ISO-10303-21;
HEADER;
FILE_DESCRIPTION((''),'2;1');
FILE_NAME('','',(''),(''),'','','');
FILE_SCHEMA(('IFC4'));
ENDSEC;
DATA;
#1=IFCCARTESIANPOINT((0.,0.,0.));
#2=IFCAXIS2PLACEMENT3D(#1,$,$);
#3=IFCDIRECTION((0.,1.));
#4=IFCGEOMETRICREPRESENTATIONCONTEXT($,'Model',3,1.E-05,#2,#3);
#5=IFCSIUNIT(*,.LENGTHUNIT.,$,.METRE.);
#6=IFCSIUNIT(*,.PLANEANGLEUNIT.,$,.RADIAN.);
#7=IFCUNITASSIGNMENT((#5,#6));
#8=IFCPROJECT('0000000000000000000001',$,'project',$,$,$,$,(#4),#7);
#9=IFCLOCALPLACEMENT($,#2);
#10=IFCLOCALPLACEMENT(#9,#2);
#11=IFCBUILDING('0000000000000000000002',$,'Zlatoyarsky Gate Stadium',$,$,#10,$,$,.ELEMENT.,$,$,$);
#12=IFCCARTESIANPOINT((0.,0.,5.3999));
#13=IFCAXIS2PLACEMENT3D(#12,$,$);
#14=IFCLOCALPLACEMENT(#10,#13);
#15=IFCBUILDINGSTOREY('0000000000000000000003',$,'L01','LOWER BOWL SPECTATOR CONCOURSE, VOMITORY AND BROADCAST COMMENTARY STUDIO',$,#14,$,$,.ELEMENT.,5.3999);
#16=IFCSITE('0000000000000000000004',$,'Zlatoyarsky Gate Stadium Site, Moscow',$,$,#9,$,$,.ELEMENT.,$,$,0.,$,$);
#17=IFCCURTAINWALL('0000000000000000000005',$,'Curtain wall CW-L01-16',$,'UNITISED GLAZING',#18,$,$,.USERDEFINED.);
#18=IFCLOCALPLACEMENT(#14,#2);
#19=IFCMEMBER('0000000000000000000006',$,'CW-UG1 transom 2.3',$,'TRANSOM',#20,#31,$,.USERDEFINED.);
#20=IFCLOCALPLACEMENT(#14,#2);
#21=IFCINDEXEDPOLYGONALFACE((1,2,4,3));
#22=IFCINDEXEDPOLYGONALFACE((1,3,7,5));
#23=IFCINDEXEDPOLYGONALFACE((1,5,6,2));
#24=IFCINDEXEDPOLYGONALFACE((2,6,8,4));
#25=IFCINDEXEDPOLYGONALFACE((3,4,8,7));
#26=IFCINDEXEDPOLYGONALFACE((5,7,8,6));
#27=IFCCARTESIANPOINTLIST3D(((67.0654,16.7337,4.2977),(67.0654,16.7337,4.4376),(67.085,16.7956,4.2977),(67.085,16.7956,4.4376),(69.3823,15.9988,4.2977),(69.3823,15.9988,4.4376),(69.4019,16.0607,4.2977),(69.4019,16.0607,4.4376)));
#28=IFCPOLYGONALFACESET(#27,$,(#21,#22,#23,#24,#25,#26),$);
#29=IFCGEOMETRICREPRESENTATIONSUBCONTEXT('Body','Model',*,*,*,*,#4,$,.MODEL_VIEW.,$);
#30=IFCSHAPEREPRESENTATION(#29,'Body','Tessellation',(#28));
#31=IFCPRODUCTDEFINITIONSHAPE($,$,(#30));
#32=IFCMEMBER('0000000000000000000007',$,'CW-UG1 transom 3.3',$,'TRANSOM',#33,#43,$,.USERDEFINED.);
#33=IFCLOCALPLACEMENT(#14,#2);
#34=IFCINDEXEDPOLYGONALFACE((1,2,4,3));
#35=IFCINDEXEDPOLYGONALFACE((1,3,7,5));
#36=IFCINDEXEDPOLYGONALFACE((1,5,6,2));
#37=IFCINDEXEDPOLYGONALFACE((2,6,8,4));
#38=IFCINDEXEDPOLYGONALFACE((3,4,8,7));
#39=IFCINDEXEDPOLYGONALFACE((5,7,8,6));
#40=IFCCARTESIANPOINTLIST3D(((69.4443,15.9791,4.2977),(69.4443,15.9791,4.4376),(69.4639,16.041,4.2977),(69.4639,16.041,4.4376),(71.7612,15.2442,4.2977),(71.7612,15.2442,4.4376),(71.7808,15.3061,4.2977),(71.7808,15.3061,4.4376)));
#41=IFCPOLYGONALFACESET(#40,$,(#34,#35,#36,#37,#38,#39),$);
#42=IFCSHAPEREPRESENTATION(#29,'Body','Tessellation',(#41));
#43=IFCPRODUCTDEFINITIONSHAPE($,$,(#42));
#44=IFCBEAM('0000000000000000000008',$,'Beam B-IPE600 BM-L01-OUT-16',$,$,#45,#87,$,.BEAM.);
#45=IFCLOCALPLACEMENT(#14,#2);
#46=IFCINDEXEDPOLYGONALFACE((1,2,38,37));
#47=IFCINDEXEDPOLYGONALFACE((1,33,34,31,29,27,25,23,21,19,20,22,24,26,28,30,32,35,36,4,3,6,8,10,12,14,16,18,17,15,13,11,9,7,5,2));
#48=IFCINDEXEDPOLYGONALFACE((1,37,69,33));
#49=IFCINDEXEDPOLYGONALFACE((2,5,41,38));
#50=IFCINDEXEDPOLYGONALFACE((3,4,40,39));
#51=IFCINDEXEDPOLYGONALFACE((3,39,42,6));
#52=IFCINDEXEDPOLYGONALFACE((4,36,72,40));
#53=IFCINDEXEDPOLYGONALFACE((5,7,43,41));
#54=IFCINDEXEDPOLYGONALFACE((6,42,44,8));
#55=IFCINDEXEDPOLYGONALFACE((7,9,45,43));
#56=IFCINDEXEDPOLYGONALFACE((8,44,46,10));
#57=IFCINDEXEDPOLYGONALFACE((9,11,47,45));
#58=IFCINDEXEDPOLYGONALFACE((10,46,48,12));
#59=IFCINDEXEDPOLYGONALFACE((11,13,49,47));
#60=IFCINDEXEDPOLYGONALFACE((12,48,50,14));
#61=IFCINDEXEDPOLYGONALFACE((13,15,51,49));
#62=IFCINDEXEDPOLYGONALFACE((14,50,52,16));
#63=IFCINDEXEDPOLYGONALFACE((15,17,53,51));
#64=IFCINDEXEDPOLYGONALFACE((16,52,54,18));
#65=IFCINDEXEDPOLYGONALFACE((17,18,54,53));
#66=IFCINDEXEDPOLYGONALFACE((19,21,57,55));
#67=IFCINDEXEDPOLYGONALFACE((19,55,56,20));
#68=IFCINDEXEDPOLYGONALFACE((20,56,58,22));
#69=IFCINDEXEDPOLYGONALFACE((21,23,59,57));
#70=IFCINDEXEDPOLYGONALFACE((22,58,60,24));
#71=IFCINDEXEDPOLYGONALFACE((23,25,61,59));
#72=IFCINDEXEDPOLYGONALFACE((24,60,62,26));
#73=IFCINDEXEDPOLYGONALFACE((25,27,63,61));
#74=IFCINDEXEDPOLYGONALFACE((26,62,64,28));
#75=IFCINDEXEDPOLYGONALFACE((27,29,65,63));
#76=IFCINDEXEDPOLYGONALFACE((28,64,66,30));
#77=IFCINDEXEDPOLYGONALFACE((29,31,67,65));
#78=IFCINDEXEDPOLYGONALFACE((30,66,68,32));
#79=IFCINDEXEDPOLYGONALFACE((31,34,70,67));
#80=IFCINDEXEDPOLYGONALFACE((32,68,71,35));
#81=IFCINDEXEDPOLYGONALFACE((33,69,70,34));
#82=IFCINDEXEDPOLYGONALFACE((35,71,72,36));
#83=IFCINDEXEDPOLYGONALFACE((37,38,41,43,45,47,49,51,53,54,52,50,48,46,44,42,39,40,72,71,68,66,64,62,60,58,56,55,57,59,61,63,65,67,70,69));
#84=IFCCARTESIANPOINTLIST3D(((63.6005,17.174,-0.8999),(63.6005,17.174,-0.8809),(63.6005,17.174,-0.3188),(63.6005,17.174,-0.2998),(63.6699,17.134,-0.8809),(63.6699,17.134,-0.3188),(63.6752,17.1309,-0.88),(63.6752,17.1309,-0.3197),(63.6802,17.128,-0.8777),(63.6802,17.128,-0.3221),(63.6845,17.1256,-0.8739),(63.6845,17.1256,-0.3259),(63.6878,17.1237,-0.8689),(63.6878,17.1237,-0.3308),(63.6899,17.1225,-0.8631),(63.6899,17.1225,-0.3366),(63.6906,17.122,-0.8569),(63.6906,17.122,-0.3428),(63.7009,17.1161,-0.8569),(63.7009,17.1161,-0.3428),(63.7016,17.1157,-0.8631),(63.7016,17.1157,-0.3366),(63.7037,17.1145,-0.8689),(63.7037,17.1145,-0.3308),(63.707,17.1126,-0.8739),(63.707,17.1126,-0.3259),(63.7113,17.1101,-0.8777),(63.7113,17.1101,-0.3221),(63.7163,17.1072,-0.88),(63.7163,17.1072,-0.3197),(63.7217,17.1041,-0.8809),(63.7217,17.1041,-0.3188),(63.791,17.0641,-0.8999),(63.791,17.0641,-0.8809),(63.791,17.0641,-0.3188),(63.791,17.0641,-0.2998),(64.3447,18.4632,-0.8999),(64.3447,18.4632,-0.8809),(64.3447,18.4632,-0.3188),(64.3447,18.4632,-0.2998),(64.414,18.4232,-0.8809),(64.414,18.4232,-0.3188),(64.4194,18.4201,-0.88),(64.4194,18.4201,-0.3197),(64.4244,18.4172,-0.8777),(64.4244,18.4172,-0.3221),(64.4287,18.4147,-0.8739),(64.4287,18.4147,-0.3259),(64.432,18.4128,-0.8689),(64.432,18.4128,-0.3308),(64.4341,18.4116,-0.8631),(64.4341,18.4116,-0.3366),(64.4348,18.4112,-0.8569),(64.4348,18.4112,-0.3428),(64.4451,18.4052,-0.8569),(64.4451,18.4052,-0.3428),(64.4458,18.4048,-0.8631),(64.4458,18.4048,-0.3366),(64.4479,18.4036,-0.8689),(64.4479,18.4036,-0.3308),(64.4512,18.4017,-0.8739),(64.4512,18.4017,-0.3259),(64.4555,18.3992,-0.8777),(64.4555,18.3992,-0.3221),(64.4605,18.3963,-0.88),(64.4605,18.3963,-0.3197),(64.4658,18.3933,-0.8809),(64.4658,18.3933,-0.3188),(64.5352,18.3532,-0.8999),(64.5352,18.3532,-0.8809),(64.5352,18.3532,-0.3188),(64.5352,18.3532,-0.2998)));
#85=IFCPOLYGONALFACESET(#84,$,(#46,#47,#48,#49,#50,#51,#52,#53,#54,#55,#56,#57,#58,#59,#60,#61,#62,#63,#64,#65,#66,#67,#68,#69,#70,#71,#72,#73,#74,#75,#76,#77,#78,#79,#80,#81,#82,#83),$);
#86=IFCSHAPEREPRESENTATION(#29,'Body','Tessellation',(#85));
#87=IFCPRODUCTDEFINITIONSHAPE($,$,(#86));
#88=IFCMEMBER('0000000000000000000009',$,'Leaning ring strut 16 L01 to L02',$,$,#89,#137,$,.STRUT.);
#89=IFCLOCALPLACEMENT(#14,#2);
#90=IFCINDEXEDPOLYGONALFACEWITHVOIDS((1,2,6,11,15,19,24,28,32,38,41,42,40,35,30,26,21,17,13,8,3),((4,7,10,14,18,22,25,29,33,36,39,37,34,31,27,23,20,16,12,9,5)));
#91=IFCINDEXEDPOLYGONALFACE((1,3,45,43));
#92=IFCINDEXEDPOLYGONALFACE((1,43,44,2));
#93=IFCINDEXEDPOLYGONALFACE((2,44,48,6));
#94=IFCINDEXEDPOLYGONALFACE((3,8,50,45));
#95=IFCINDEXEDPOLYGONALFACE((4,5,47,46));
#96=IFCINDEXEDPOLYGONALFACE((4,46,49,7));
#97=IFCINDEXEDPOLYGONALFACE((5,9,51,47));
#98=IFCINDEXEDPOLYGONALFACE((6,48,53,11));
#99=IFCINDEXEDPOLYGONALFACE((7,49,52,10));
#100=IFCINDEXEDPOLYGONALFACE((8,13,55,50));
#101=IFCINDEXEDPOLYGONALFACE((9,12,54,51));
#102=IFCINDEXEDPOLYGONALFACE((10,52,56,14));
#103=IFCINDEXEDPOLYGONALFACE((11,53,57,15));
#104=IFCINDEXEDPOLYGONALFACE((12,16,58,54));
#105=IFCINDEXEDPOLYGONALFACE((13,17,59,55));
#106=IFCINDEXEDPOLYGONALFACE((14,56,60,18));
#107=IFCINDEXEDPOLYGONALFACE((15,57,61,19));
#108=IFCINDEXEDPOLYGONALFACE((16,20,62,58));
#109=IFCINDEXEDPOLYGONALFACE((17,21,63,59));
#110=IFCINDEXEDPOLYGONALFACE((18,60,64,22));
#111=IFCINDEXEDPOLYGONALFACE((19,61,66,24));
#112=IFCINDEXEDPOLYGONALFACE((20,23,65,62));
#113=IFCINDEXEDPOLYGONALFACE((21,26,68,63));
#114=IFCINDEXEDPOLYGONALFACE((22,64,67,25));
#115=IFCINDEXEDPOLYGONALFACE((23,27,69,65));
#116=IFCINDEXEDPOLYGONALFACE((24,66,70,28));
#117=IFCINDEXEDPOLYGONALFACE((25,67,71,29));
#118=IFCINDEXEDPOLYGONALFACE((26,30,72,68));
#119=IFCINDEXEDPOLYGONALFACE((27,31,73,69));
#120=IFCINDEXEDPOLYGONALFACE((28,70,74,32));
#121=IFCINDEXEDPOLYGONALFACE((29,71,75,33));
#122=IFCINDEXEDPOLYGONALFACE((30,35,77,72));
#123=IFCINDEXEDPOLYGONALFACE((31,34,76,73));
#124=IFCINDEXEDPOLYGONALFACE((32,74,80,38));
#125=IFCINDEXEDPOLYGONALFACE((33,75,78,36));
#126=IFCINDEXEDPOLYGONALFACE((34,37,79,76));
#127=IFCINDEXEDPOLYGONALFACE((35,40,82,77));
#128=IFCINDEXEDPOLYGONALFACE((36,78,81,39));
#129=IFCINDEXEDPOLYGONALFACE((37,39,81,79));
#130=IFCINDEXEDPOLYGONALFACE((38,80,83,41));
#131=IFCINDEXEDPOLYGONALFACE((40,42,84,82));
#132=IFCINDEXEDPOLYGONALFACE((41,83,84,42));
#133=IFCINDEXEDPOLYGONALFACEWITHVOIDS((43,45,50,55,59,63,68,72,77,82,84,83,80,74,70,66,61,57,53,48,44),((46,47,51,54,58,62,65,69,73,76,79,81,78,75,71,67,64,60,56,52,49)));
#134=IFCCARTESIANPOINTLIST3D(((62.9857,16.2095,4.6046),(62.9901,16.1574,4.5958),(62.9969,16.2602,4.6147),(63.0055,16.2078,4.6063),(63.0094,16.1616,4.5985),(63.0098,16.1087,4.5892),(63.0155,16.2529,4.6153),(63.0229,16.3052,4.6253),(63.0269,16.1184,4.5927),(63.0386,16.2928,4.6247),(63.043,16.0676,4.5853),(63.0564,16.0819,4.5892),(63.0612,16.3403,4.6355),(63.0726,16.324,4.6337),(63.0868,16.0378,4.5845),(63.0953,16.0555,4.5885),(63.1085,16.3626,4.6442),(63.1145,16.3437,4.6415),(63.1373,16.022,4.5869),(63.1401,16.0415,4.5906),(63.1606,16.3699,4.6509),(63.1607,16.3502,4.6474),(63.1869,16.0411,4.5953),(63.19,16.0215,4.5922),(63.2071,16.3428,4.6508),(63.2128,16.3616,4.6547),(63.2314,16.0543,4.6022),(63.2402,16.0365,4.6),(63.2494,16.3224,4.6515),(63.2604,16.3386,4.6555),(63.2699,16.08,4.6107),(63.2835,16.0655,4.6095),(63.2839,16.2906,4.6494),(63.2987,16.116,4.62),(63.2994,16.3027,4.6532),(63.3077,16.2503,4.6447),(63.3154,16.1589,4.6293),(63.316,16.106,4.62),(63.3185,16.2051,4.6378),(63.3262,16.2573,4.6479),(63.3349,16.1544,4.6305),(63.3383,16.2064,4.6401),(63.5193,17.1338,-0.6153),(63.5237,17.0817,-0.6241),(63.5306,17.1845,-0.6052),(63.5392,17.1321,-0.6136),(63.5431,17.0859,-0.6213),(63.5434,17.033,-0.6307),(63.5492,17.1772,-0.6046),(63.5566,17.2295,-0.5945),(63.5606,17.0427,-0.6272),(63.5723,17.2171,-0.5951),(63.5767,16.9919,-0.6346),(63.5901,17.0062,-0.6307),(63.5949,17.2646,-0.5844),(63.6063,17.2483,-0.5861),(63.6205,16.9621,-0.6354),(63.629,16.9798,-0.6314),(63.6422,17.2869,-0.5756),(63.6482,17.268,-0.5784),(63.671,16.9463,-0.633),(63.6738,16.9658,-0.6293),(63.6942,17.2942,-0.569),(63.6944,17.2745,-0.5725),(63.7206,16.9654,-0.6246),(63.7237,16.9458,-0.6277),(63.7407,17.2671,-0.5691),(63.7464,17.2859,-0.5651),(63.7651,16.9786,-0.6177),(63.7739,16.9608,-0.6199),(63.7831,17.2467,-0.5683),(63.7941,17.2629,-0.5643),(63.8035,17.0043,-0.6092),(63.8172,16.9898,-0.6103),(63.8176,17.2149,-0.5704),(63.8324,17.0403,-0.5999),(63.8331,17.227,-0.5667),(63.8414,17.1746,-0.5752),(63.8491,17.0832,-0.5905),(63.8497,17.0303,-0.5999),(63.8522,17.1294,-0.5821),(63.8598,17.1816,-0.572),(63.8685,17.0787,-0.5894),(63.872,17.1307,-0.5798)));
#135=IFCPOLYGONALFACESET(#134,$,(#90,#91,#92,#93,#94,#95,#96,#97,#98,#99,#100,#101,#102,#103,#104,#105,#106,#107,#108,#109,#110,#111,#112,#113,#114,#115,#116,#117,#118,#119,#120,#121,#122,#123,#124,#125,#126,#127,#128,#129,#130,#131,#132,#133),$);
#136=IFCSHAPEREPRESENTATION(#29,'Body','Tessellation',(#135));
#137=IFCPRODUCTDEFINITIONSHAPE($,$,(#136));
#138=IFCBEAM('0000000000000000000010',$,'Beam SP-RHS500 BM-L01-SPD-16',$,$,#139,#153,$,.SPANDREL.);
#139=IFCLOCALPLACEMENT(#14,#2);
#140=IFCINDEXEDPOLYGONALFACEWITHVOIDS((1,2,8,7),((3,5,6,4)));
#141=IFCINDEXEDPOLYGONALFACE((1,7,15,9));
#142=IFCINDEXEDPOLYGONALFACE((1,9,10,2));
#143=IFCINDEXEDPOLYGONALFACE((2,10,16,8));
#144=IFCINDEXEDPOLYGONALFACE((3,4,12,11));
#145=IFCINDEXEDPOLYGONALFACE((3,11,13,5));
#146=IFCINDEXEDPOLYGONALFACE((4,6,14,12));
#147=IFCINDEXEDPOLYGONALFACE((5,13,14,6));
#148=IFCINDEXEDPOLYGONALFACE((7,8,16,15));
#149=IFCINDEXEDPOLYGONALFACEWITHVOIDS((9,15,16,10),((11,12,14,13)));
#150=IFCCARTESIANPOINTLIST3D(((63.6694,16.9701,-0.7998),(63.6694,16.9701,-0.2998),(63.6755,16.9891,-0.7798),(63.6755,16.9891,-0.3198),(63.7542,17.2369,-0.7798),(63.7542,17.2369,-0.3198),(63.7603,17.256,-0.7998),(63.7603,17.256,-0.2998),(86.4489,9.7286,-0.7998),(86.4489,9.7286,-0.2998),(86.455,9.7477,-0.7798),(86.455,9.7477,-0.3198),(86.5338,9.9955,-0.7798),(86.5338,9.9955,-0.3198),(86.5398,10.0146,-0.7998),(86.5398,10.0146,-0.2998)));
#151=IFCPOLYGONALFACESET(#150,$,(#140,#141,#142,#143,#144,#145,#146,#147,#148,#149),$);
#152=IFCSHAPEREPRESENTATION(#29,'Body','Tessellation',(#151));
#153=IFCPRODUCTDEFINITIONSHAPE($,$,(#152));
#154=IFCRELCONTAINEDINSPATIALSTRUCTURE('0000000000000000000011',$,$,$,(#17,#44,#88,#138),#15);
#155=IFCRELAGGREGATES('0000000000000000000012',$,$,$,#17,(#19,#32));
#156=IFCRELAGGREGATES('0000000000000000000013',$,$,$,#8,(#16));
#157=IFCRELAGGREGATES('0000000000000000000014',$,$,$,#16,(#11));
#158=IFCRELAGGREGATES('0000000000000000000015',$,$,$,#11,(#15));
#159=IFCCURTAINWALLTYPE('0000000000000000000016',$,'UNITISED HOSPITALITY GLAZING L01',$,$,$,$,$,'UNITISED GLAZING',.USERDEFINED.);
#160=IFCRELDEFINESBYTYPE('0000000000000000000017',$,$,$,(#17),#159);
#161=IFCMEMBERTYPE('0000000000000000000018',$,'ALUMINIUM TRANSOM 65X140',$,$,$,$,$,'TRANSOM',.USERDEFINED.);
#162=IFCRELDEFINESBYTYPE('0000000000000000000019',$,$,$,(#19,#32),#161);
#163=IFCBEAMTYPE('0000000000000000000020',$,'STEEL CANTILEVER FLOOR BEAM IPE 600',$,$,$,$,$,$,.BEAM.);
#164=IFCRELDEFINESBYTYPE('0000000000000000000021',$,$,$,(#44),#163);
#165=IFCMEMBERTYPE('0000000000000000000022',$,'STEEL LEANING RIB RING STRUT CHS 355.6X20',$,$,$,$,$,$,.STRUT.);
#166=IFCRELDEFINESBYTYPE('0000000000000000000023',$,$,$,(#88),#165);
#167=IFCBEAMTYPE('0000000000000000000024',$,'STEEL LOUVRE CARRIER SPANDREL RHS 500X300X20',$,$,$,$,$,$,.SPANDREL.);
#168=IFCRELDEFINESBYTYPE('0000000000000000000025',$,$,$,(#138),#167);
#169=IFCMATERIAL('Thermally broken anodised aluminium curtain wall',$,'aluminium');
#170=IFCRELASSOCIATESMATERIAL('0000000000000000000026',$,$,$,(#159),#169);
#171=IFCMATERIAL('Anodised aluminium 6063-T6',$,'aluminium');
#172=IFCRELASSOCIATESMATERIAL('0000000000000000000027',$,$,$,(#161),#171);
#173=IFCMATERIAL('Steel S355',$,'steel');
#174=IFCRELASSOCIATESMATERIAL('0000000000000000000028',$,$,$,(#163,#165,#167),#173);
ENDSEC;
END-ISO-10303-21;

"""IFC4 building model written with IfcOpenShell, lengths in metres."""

from ifc_helpers import new_model, si_unit, direction, frame, origin, origin_2d, place, context, subcontext, project, spatial, rectangle, hollow_rectangle, hollow_circle, i_section, extrude, material, material_profile, profile_set, type_object, element, aggregate, save


model = new_model("IFC4")

# Units and contexts
model_context = context("Model", 3, precision=1e-05, world=origin(), true_north=direction((0.0, 1.0)))
body_context = subcontext(model_context, "Body", "Model", "MODEL_VIEW")
ifc_project = project(units=[si_unit("LENGTHUNIT", "METRE"), si_unit("PLANEANGLEUNIT", "RADIAN")], contexts=[model_context])

# Site, building, storey
site_placement = place(None, origin())
site = spatial("IfcSite", under=ifc_project, at=site_placement, Name="Zlatoyarsky Gate Stadium Site, Moscow", CompositionType="ELEMENT", RefElevation=0.0)
building_placement = place(site_placement, origin())
building = spatial("IfcBuilding", under=site, at=building_placement, Name="Zlatoyarsky Gate Stadium", CompositionType="ELEMENT")
storey_placement = place(building_placement, frame((0.0, 0.0, 5.3999)))
storey = spatial("IfcBuildingStorey", under=building, at=storey_placement, Name="L01", Description="LOWER BOWL SPECTATOR CONCOURSE, VOMITORY AND BROADCAST COMMENTARY STUDIO", CompositionType="ELEMENT", Elevation=5.3999)

# Shared definitions
ifc_material_1 = material(Name="Steel S355", Category="steel")

# Shared definitions
ifc_material_2 = material(Name="Thermally broken anodised aluminium curtain wall", Category="aluminium")
curtain_wall_type = type_object("IfcCurtainWallType", Name="UNITISED HOSPITALITY GLAZING L01", ElementType="UNITISED GLAZING", PredefinedType="USERDEFINED", material=ifc_material_2)
ifc_material_3 = material(Name="Anodised aluminium 6063-T6", Category="aluminium")

# Curtain wall, members
curtain_wall_1_placement = place(storey_placement, origin())
curtain_wall_1 = element("IfcCurtainWall", 1, at=curtain_wall_1_placement, inside=storey, type_object=curtain_wall_type, Name="Curtain wall CW-L01-16", ObjectType="UNITISED GLAZING", PredefinedType="USERDEFINED")
ifc_material_profile_1 = material_profile(ifc_material_3, rectangle(XDim=0.0649, YDim=0.1399, at=origin_2d()), Name="ALU 65X140")
ifc_profile_set_1 = profile_set([ifc_material_profile_1], Name="Anodised aluminium 6063-T6")
member_type_1 = type_object("IfcMemberType", Name="ALUMINIUM TRANSOM 65X140", ElementType="TRANSOM", PredefinedType="USERDEFINED", material=ifc_profile_set_1)
member_1_placement = place(storey_placement, frame((67.0752, 16.7646, 4.3677), z_axis=(0.953202, -0.302333, 0.0), x_axis=(0.302333, 0.953202, 0.0)))
member_1 = element("IfcMember", 2, at=member_1_placement, type_object=member_type_1, Name="CW-UG1 transom 2.3", ObjectType="TRANSOM", PredefinedType="USERDEFINED", context=body_context, shape_type="SweptSolid", body=[
    extrude(rectangle(XDim=0.0649, YDim=0.1399, at=origin_2d()), origin(), (0.0, 0.0, 1.0), 2.4307),
])
member_2_placement = place(storey_placement, frame((69.4541, 16.01, 4.3677), z_axis=(0.953202, -0.302333, 0.0), x_axis=(0.302333, 0.953202, 0.0)))
member_2 = element("IfcMember", 3, at=member_2_placement, type_object=member_type_1, Name="CW-UG1 transom 3.3", ObjectType="TRANSOM", PredefinedType="USERDEFINED", context=body_context, shape_type="SweptSolid", body=[
    extrude(rectangle(XDim=0.0649, YDim=0.1399, at=origin_2d()), origin(), (0.0, 0.0, 1.0), 2.4307),
])

# Beam
ifc_material_profile_2 = material_profile(ifc_material_1, i_section(OverallWidth=0.22, OverallDepth=0.6001, WebThickness=0.012, FlangeThickness=0.019, FilletRadius=0.0239, at=origin_2d()), Name="IPE 600")
ifc_profile_set_2 = profile_set([ifc_material_profile_2], Name="Steel S355")
beam_type_1 = type_object("IfcBeamType", Name="STEEL CANTILEVER FLOOR BEAM IPE 600", PredefinedType="BEAM", material=ifc_profile_set_2)
beam_1_placement = place(storey_placement, frame((64.4399, 18.4082, -0.5999), z_axis=(-0.49995, -0.866054, 0.0), x_axis=(0.866054, -0.49995, 0.0)))
element("IfcBeam", 4, at=beam_1_placement, inside=storey, type_object=beam_type_1, Name="Beam B-IPE600 BM-L01-OUT-16", PredefinedType="BEAM", context=body_context, shape_type="SweptSolid", body=[
    extrude(i_section(OverallWidth=0.22, OverallDepth=0.6001, WebThickness=0.012, FlangeThickness=0.019, FilletRadius=0.0239, at=origin_2d()), origin(), (0.0, 0.0, 1.0), 1.4885),
])

# Member
ifc_material_profile_3 = material_profile(ifc_material_1, hollow_circle(Radius=0.1777, WallThickness=0.02, at=origin_2d()), Name="CHS 355.6X20")
ifc_profile_set_3 = profile_set([ifc_material_profile_3], Name="Steel S355")
member_type_2 = type_object("IfcMemberType", Name="STEEL LEANING RIB RING STRUT CHS 355.6X20", PredefinedType="STRUT", material=ifc_profile_set_3)
member_3_placement = place(storey_placement, frame((63.6958, 17.1191, -0.5999), z_axis=(-0.100168, -0.173484, 0.979729), x_axis=(0.86601, -0.500026, 0.0)))
element("IfcMember", 5, at=member_3_placement, inside=storey, type_object=member_type_2, Name="Leaning ring strut 16 L01 to L02", PredefinedType="STRUT", context=body_context, shape_type="SweptSolid", body=[
    extrude(hollow_circle(Radius=0.1777, WallThickness=0.02, at=origin_2d()), origin(), (0.0, 0.0, 1.0), 5.3279),
])

# Beam
ifc_material_profile_4 = material_profile(ifc_material_1, hollow_rectangle(XDim=0.3, YDim=0.5, WallThickness=0.02, at=origin_2d()), Name="RHS 500X300X20")
ifc_profile_set_4 = profile_set([ifc_material_profile_4], Name="Steel S355")
beam_type_2 = type_object("IfcBeamType", Name="STEEL LOUVRE CARRIER SPANDREL RHS 500X300X20", PredefinedType="SPANDREL", material=ifc_profile_set_4)
beam_2_placement = place(storey_placement, frame((63.7148, 17.113, -0.5498), z_axis=(0.953005, -0.302954, 0.0), x_axis=(0.302954, 0.953005, 0.0)))
element("IfcBeam", 6, at=beam_2_placement, inside=storey, type_object=beam_type_2, Name="Beam SP-RHS500 BM-L01-SPD-16", PredefinedType="SPANDREL", context=body_context, shape_type="SweptSolid", body=[
    extrude(hollow_rectangle(XDim=0.3, YDim=0.5, WallThickness=0.02, at=origin_2d()), origin(), (0.0, 0.0, 1.0), 23.9028),
])

aggregate(curtain_wall_1, [member_1, member_2])

save(model, "model.ifc")
